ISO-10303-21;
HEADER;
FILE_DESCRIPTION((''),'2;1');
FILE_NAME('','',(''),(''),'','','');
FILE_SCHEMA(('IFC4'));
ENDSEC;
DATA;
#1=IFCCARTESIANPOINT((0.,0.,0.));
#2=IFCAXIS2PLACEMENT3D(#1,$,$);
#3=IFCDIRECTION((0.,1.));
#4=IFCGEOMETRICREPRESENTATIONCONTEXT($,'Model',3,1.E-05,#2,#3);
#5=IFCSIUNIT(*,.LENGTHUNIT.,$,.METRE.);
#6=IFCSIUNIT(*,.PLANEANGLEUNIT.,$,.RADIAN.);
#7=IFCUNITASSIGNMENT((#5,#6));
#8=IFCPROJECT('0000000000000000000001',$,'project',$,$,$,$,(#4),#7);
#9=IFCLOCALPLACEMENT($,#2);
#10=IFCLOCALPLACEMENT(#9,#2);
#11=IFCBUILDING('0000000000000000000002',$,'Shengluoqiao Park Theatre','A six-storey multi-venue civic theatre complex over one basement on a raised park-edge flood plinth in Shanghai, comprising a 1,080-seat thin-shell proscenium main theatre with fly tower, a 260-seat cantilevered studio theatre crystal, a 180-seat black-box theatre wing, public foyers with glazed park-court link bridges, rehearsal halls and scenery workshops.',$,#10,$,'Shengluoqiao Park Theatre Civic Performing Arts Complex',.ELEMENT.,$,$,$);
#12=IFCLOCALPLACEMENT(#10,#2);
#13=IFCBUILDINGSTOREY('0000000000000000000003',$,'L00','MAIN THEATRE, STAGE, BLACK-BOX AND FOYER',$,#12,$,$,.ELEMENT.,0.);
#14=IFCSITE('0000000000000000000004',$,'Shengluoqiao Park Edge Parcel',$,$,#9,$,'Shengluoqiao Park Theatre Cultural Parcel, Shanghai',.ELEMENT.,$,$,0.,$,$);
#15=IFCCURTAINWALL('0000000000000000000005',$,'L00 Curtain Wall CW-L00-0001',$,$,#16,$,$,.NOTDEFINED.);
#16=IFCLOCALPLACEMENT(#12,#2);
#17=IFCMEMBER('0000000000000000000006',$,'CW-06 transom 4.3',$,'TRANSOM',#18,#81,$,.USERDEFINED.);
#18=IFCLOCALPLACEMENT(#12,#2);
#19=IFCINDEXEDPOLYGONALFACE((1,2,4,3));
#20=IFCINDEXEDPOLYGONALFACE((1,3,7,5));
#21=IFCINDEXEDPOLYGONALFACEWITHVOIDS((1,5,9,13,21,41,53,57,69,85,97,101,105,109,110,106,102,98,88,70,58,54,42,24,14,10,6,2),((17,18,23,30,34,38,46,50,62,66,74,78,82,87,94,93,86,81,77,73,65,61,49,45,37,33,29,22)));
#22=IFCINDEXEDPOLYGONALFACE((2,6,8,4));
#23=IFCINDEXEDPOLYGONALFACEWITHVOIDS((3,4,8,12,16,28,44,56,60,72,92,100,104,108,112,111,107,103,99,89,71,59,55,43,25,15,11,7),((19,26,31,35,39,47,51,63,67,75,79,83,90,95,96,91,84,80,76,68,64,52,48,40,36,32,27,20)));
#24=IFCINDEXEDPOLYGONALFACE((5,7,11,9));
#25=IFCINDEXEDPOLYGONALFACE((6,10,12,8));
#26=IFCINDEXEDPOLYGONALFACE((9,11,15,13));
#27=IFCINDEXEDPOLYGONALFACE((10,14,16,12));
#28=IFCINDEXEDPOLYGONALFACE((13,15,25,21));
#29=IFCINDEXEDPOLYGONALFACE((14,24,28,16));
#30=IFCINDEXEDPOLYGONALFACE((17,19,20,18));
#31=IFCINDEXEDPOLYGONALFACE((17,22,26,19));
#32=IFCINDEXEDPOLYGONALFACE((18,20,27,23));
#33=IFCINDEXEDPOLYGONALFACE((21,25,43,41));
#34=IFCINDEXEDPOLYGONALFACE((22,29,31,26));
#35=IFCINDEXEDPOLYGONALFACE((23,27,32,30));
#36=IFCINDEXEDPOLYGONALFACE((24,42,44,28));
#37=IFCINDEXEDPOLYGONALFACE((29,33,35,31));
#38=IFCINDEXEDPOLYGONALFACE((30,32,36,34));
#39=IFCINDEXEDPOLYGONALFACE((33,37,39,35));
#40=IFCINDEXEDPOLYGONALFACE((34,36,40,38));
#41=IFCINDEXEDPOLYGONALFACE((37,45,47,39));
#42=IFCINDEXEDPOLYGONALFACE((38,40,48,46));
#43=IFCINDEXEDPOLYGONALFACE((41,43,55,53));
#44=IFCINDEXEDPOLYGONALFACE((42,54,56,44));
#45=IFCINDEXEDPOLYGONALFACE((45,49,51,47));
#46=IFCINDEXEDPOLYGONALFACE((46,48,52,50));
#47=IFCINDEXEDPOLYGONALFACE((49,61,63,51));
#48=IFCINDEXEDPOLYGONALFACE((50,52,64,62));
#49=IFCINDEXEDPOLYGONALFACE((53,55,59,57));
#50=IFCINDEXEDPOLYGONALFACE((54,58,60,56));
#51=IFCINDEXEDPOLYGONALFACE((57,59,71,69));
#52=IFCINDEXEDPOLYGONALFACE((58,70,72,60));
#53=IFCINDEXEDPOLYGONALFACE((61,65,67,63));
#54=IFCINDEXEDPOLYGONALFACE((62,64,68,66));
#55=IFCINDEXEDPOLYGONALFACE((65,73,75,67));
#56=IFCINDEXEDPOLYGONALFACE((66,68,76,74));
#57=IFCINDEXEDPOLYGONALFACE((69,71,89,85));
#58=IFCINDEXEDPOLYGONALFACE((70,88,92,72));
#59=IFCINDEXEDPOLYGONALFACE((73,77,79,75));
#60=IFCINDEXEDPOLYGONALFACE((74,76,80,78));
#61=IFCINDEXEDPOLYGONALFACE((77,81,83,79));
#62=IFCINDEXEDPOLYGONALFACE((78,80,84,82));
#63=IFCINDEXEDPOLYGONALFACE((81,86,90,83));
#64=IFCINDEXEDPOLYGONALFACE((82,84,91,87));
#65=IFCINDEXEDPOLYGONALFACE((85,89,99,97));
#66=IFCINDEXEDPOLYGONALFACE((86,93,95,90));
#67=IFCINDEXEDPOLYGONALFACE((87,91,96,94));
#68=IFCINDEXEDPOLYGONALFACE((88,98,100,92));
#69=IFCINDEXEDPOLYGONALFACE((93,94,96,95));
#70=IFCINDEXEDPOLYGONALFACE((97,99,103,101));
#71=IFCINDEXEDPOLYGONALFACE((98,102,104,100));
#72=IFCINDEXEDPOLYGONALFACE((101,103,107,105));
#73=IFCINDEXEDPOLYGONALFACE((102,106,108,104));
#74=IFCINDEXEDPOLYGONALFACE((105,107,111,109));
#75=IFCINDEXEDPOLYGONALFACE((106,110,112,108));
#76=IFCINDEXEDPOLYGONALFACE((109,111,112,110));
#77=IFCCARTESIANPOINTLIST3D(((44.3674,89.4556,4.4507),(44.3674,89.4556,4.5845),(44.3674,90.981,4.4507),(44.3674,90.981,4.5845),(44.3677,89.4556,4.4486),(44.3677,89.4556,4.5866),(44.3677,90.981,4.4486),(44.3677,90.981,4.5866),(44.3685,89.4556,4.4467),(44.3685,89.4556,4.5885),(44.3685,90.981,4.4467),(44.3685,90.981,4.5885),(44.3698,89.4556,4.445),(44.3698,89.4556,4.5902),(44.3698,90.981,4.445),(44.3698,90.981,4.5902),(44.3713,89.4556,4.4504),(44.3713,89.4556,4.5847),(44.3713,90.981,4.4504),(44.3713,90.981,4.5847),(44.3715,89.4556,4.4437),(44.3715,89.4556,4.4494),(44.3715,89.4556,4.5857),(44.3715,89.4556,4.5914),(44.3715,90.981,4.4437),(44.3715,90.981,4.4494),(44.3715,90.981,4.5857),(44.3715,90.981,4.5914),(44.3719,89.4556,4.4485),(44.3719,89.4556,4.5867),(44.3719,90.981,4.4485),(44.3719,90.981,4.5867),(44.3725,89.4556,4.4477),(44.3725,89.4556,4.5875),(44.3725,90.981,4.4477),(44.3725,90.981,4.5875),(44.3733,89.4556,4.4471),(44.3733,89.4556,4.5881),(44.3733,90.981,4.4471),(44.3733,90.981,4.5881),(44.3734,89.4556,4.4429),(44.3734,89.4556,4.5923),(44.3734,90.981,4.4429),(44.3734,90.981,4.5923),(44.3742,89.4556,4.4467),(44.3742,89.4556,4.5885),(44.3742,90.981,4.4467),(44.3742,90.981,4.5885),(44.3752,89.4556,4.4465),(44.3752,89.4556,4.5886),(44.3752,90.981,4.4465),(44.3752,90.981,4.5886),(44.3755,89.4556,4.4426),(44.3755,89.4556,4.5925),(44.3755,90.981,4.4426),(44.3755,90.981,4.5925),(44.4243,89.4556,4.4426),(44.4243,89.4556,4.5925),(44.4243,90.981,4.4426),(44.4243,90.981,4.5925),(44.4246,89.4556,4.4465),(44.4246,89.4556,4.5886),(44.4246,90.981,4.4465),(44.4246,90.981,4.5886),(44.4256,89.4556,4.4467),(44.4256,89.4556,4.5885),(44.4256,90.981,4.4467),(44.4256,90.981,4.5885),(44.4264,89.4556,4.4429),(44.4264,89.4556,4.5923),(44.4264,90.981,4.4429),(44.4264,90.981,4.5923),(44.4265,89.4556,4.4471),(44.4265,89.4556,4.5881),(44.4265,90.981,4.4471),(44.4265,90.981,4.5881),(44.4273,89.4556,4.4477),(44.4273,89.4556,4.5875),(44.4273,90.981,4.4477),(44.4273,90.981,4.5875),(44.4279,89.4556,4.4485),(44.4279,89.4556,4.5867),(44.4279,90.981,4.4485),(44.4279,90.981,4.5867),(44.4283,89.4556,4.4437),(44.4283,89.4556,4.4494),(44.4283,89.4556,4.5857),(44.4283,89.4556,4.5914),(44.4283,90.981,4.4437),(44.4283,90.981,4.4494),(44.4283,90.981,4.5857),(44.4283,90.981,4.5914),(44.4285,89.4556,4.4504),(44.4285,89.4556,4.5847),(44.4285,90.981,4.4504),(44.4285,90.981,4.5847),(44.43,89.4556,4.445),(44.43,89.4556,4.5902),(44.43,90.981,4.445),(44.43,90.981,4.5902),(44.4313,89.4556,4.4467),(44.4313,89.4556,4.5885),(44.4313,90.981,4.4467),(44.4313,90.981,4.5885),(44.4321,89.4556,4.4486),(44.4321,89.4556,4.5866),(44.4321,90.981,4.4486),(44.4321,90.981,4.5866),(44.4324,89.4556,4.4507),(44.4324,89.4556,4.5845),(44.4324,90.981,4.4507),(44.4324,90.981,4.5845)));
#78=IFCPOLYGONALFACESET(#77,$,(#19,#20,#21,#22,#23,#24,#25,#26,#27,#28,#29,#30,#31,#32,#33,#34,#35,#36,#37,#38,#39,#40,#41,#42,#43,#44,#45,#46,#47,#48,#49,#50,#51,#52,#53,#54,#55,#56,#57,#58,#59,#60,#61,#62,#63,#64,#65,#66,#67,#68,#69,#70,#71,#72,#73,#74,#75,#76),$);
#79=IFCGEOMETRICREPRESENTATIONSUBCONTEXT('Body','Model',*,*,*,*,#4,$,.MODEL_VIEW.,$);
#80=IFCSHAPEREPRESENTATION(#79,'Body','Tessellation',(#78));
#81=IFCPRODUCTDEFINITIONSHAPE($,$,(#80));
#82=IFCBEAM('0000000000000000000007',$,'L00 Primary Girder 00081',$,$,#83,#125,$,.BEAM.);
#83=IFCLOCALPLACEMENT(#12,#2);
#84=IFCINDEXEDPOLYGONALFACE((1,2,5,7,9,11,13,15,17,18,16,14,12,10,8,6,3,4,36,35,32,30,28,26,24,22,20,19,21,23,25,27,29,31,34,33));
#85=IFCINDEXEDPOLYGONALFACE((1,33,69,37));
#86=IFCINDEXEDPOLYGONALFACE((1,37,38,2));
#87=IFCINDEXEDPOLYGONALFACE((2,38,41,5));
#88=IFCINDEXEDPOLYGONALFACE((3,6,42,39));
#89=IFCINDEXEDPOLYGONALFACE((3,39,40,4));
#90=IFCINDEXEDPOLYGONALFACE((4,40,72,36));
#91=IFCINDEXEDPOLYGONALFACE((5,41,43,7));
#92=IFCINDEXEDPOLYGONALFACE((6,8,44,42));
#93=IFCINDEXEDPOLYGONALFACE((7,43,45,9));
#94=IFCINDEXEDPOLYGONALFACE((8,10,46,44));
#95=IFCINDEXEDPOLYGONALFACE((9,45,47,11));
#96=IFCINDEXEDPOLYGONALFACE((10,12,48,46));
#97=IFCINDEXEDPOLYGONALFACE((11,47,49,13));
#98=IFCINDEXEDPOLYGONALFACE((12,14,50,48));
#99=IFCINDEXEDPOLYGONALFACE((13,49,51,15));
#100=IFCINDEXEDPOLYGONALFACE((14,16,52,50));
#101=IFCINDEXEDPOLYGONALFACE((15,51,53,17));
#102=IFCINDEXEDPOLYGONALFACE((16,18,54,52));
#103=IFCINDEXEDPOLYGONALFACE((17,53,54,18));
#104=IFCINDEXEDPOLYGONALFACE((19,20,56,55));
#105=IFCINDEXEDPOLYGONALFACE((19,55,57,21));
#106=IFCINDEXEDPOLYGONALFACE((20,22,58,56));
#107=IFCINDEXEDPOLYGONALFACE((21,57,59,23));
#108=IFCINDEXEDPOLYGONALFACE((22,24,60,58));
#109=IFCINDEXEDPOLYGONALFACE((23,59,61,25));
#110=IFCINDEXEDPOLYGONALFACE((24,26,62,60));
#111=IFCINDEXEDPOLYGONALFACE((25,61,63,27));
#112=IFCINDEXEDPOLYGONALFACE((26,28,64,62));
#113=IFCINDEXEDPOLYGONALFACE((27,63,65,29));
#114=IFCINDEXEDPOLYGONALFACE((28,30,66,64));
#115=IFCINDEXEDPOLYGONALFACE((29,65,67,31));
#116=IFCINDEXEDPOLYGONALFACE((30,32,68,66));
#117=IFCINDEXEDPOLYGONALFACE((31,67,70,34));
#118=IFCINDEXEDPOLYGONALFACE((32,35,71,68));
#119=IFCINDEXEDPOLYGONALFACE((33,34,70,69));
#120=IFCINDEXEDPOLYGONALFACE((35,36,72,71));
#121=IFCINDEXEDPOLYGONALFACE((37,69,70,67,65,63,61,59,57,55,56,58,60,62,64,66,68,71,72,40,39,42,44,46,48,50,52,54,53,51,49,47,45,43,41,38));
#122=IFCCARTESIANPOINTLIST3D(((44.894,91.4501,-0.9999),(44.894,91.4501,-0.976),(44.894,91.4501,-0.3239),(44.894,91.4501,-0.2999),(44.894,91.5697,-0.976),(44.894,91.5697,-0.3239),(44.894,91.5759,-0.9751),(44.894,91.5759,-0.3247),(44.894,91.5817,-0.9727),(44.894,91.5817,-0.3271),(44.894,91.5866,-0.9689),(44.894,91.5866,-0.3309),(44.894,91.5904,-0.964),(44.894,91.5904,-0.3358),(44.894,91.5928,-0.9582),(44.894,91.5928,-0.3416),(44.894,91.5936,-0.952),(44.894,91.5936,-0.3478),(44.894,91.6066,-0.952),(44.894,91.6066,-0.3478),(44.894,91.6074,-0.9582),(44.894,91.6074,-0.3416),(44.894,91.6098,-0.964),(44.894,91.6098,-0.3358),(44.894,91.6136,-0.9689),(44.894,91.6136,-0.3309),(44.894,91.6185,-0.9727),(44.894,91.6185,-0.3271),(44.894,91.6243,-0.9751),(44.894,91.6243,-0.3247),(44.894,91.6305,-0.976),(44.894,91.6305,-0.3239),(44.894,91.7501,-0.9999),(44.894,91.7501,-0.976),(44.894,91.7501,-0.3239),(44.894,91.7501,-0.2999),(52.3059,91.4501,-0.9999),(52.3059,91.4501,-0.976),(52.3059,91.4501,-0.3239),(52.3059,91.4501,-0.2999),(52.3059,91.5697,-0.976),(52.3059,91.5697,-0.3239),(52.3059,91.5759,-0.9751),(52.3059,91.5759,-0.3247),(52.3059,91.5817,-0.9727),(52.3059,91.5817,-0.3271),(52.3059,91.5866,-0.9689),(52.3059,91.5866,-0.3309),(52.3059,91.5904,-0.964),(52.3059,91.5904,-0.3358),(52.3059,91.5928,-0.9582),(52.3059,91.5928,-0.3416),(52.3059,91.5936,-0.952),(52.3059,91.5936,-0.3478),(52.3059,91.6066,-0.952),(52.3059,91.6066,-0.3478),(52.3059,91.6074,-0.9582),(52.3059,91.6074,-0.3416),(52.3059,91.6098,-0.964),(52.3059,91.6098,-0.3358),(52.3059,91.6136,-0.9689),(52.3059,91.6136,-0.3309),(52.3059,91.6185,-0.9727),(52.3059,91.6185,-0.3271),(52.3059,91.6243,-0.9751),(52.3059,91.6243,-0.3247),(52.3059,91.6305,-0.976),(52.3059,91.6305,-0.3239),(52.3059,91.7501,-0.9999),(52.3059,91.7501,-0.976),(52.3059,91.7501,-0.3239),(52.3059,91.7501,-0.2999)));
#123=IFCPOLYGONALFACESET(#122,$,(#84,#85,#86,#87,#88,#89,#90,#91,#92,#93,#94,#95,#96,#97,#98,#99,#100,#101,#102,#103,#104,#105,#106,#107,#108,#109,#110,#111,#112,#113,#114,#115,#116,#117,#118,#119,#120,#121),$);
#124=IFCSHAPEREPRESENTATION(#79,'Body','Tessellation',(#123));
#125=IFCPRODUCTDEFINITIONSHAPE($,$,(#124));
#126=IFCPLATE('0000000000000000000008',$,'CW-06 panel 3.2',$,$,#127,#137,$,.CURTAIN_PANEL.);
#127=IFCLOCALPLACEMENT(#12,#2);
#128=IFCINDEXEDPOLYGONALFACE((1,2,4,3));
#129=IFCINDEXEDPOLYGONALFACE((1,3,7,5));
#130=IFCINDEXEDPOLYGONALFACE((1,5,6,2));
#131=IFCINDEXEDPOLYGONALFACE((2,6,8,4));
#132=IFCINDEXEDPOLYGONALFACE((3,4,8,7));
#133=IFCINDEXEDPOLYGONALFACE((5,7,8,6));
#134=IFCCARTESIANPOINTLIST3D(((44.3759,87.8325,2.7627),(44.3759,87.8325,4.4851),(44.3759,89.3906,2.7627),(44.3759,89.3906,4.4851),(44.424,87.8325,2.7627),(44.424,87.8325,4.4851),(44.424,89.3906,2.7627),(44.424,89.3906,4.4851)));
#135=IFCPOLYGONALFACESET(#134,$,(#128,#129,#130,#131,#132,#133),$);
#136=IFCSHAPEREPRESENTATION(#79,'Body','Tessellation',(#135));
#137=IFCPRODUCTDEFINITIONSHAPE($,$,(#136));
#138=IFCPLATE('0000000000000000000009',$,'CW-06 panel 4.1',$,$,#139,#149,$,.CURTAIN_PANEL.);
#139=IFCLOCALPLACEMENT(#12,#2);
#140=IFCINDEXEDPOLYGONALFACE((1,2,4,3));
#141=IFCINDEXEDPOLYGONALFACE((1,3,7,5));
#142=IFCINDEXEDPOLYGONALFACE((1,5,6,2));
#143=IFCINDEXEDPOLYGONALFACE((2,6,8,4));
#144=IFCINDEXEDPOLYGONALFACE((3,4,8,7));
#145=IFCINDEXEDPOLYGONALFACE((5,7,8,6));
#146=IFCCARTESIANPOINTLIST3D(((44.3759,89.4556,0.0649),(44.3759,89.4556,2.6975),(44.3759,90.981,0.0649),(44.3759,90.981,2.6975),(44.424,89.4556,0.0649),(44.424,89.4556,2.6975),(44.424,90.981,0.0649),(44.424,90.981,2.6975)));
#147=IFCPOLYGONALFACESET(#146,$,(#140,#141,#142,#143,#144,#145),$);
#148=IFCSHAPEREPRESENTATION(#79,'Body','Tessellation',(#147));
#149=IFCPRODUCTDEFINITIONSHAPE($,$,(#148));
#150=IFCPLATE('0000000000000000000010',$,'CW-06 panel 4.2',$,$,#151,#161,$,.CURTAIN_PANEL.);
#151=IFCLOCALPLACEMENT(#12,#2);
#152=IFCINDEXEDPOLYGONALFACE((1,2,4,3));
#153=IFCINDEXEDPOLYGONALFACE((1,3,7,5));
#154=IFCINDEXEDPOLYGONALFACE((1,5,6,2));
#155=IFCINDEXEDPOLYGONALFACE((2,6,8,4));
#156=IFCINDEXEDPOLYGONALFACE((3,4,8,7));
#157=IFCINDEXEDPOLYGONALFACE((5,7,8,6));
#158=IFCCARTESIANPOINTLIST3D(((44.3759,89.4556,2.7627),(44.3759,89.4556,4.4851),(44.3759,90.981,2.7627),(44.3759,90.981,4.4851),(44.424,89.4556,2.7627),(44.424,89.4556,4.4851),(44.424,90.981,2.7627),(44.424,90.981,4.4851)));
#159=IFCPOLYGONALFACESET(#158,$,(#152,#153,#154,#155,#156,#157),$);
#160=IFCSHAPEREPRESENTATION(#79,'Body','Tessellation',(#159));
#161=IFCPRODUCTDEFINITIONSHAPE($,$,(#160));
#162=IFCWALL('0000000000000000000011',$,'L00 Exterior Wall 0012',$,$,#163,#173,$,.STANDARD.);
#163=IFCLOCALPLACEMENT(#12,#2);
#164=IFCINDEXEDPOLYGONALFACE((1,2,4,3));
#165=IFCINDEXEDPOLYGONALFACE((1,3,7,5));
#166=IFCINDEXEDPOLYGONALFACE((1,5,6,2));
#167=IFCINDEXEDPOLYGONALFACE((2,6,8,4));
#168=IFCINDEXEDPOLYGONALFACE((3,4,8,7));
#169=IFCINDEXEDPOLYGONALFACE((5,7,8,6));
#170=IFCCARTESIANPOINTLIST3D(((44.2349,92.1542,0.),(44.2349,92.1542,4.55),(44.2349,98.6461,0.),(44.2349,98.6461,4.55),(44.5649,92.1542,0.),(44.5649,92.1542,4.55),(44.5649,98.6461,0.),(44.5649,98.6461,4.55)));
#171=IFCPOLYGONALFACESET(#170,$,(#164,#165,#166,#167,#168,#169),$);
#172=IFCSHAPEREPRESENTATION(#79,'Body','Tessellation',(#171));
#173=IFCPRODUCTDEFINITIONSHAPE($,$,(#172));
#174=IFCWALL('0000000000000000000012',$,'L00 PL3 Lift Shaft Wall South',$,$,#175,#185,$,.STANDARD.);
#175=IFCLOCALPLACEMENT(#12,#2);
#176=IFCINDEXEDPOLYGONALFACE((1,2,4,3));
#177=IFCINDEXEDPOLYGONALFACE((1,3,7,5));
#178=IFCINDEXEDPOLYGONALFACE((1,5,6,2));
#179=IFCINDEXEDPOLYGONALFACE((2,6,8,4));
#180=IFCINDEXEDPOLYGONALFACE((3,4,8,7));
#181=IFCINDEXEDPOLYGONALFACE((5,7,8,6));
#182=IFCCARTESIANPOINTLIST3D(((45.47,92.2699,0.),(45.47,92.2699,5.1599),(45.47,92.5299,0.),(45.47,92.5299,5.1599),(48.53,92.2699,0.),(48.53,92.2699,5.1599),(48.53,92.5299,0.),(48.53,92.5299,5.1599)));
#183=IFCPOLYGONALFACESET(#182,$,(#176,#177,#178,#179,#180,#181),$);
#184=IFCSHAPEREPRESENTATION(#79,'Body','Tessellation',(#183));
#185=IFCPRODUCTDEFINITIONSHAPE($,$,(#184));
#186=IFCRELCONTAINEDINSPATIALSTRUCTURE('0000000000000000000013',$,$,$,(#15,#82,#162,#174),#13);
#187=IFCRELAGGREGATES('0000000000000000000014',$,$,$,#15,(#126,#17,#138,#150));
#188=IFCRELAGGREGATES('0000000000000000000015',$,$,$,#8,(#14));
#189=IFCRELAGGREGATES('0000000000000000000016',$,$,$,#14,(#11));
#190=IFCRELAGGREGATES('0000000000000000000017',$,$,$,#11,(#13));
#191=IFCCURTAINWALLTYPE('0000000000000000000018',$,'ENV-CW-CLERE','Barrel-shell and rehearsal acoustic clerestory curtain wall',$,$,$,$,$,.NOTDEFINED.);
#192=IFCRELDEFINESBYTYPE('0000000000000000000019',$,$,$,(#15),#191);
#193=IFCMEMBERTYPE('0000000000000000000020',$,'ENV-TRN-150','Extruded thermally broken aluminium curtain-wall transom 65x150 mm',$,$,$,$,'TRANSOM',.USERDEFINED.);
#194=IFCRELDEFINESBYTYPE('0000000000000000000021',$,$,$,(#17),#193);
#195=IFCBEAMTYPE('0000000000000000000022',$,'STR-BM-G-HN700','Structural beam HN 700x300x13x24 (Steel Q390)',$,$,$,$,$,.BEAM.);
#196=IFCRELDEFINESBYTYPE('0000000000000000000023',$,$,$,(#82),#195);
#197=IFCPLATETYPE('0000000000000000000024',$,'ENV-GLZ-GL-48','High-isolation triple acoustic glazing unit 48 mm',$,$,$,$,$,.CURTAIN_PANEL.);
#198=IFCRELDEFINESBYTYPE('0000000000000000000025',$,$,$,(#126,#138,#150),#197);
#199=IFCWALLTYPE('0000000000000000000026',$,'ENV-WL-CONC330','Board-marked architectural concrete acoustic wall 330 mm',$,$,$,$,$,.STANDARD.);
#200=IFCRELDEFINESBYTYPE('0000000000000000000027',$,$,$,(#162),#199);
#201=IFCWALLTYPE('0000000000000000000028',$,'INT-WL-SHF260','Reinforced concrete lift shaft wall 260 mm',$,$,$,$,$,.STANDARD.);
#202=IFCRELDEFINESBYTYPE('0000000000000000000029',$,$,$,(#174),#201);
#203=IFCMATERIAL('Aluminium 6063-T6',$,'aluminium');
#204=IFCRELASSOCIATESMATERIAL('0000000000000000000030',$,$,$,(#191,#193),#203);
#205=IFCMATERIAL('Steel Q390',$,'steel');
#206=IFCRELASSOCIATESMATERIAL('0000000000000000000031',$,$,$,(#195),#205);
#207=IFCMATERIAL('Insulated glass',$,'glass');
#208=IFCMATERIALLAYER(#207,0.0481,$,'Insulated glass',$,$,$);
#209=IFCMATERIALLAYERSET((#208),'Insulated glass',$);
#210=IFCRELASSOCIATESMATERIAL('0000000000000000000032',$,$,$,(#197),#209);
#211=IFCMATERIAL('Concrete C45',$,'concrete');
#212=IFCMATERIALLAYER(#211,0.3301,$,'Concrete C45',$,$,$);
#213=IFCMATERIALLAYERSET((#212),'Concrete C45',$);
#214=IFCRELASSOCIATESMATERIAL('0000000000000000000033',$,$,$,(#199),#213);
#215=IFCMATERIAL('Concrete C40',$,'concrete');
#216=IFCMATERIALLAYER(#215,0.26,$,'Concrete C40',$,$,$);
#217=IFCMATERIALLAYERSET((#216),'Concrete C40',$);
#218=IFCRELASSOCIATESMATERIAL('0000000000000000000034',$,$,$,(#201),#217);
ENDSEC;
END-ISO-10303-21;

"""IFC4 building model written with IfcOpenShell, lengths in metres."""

from ifc_helpers import new_model, si_unit, direction, frame, frame_2d, origin, origin_2d, place, context, subcontext, project, spatial, rectangle, hollow_rectangle, i_section, extrude, material, layer, layer_set, material_profile, profile_set, type_object, element, aggregate, save


model = new_model("IFC4")

# Units and contexts
model_context = context("Model", 3, precision=1e-05, world=origin(), true_north=direction((0.0, 1.0)))
body_context = subcontext(model_context, "Body", "Model", "MODEL_VIEW")
ifc_project = project(units=[si_unit("LENGTHUNIT", "METRE"), si_unit("PLANEANGLEUNIT", "RADIAN")], contexts=[model_context])

# Site, building, storey
site_placement = place(None, origin())
site = spatial("IfcSite", under=ifc_project, at=site_placement, Name="Shengluoqiao Park Edge Parcel", LongName="Shengluoqiao Park Theatre Cultural Parcel, Shanghai", CompositionType="ELEMENT", RefElevation=0.0)
building_placement = place(site_placement, origin())
building = spatial("IfcBuilding", under=site, at=building_placement, Name="Shengluoqiao Park Theatre", Description="A six-storey multi-venue civic theatre complex over one basement on a raised park-edge flood plinth in Shanghai, comprising a 1,080-seat thin-shell proscenium main theatre with fly tower, a 260-seat cantilevered studio theatre crystal, a 180-seat black-box theatre wing, public foyers with glazed park-court link bridges, rehearsal halls and scenery workshops.", LongName="Shengluoqiao Park Theatre Civic Performing Arts Complex", CompositionType="ELEMENT")
storey_placement = place(building_placement, origin())
storey = spatial("IfcBuildingStorey", under=building, at=storey_placement, Name="L00", Description="MAIN THEATRE, STAGE, BLACK-BOX AND FOYER", CompositionType="ELEMENT", Elevation=0.0)

# Curtain wall, member
ifc_material_1 = material(Name="Aluminium 6063-T6", Category="aluminium")
curtain_wall_type = type_object("IfcCurtainWallType", Name="ENV-CW-CLERE", Description="Barrel-shell and rehearsal acoustic clerestory curtain wall", PredefinedType="NOTDEFINED", material=ifc_material_1)
curtain_wall_placement = place(storey_placement, origin())
curtain_wall = element("IfcCurtainWall", 1, at=curtain_wall_placement, inside=storey, type_object=curtain_wall_type, Name="L00 Curtain Wall CW-L00-0001", PredefinedType="NOTDEFINED")
ifc_material_profile_1 = material_profile(ifc_material_1, hollow_rectangle(XDim=0.0649, YDim=0.1499, WallThickness=0.0039, InnerFilletRadius=0.0039, OuterFilletRadius=0.0081, at=origin_2d()), Name="ALU TRANSOM 150x65x4")
ifc_profile_set_1 = profile_set([ifc_material_profile_1], Name="Aluminium 6063-T6")
member_type_1 = type_object("IfcMemberType", Name="ENV-TRN-150", Description="Extruded thermally broken aluminium curtain-wall transom 65x150 mm", ElementType="TRANSOM", PredefinedType="USERDEFINED", material=ifc_profile_set_1)
member_1_placement = place(storey_placement, frame((44.3999, 89.4556, 4.5176), z_axis=(0.0, 1.0, 0.0), x_axis=(-1.0, 0.0, 0.0)))
member_1 = element("IfcMember", 2, at=member_1_placement, type_object=member_type_1, Name="CW-06 transom 4.3", ObjectType="TRANSOM", PredefinedType="USERDEFINED", context=body_context, shape_type="SweptSolid", body=[
    extrude(hollow_rectangle(XDim=0.0649, YDim=0.1499, WallThickness=0.0039, InnerFilletRadius=0.0039, OuterFilletRadius=0.0081, at=origin_2d()), origin(), (0.0, 0.0, 1.0), 1.5254),
])

# Beam
ifc_material_2 = material(Name="Steel Q390", Category="steel")
ifc_material_profile_2 = material_profile(ifc_material_2, i_section(OverallWidth=0.3, OverallDepth=0.7, WebThickness=0.0129, FlangeThickness=0.0239, FilletRadius=0.0239, at=origin_2d()), Name="HN 700x300x13x24")
ifc_profile_set_2 = profile_set([ifc_material_profile_2], Name="Steel Q390")
beam_type = type_object("IfcBeamType", Name="STR-BM-G-HN700", Description="Structural beam HN 700x300x13x24 (Steel Q390)", PredefinedType="BEAM", material=ifc_profile_set_2)
beam_placement = place(storey_placement, frame((44.894, 91.6001, -0.6499), z_axis=(1.0, 0.0, 0.0), x_axis=(0.0, 1.0, 0.0)))
element("IfcBeam", 3, at=beam_placement, inside=storey, type_object=beam_type, Name="L00 Primary Girder 00081", PredefinedType="BEAM", context=body_context, shape_type="SweptSolid", body=[
    extrude(i_section(OverallWidth=0.3, OverallDepth=0.7, WebThickness=0.0129, FlangeThickness=0.0239, FilletRadius=0.0239, at=origin_2d()), origin(), (0.0, 0.0, 1.0), 7.4119),
])

# Plates
ifc_material_3 = material(Name="Insulated glass", Category="glass")
ifc_layer_1 = layer(ifc_material_3, 0.0481, Name="Insulated glass")
ifc_layer_set_1 = layer_set([ifc_layer_1], Name="Insulated glass")
plate_type = type_object("IfcPlateType", Name="ENV-GLZ-GL-48", Description="High-isolation triple acoustic glazing unit 48 mm", PredefinedType="CURTAIN_PANEL", material=ifc_layer_set_1)
plate_1_placement = place(storey_placement, frame((44.3999, 88.6116, 2.7627), z_axis=(0.0, 0.0, 1.0), x_axis=(0.0, 1.0, 0.0)))
plate_1 = element("IfcPlate", 4, at=plate_1_placement, type_object=plate_type, Name="CW-06 panel 3.2", PredefinedType="CURTAIN_PANEL", context=body_context, shape_type="SweptSolid", body=[
    extrude(rectangle(XDim=1.5581, YDim=0.0481, at=origin_2d()), origin(), (0.0, 0.0, 1.0), 1.7224),
])
plate_2_placement = place(storey_placement, frame((44.3999, 90.2183, 0.0649), z_axis=(0.0, 0.0, 1.0), x_axis=(0.0, 1.0, 0.0)))
plate_2 = element("IfcPlate", 5, at=plate_2_placement, type_object=plate_type, Name="CW-06 panel 4.1", PredefinedType="CURTAIN_PANEL", context=body_context, shape_type="SweptSolid", body=[
    extrude(rectangle(XDim=1.5254, YDim=0.0481, at=origin_2d()), origin(), (0.0, 0.0, 1.0), 2.6326),
])
plate_3_placement = place(storey_placement, frame((44.3999, 90.2183, 2.7627), z_axis=(0.0, 0.0, 1.0), x_axis=(0.0, 1.0, 0.0)))
plate_3 = element("IfcPlate", 6, at=plate_3_placement, type_object=plate_type, Name="CW-06 panel 4.2", PredefinedType="CURTAIN_PANEL", context=body_context, shape_type="SweptSolid", body=[
    extrude(rectangle(XDim=1.5254, YDim=0.0481, at=origin_2d()), origin(), (0.0, 0.0, 1.0), 1.7224),
])
aggregate(curtain_wall, [plate_1, member_1, plate_2, plate_3])

# Walls
ifc_material_4 = material(Name="Concrete C45", Category="concrete")
ifc_layer_2 = layer(ifc_material_4, 0.3301, Name="Concrete C45")
ifc_layer_set_2 = layer_set([ifc_layer_2], Name="Concrete C45")
wall_type_1 = type_object("IfcWallType", Name="ENV-WL-CONC330", Description="Board-marked architectural concrete acoustic wall 330 mm", PredefinedType="STANDARD", material=ifc_layer_set_2)
wall_1_placement = place(storey_placement, frame((44.3999, 92.1541, 0.0), z_axis=(0.0, 0.0, 1.0), x_axis=(0.0, 1.0, 0.0)))
element("IfcWall", 7, at=wall_1_placement, inside=storey, type_object=wall_type_1, Name="L00 Exterior Wall 0012", PredefinedType="STANDARD", context=body_context, shape_type="SweptSolid", body=[
    extrude(rectangle(XDim=6.4919, YDim=0.3301, at=frame_2d((3.2461, 0.0))), origin(), (0.0, 0.0, 1.0), 4.55),
])
ifc_material_5 = material(Name="Concrete C40", Category="concrete")
ifc_layer_3 = layer(ifc_material_5, 0.26, Name="Concrete C40")
ifc_layer_set_3 = layer_set([ifc_layer_3], Name="Concrete C40")
wall_type_2 = type_object("IfcWallType", Name="INT-WL-SHF260", Description="Reinforced concrete lift shaft wall 260 mm", PredefinedType="STANDARD", material=ifc_layer_set_3)
for number, where, z_axis, x_axis, name in (
    (8, (45.47, 92.3999, 0.0), (0.0, 0.0, 1.0), (1.0, 0.0, 0.0), "L00 PL3 Lift Shaft Wall South"),
):
    element("IfcWall", number, at=place(storey_placement, frame(where, z_axis=z_axis, x_axis=x_axis)), inside=storey, type_object=wall_type_2, Name=name, PredefinedType="STANDARD", context=body_context, shape_type="SweptSolid", body=[
        extrude(rectangle(XDim=3.0601, YDim=0.26, at=frame_2d((1.53, 0.0))), origin(), (0.0, 0.0, 1.0), 5.1599),
    ])

save(model, "model.ifc")
